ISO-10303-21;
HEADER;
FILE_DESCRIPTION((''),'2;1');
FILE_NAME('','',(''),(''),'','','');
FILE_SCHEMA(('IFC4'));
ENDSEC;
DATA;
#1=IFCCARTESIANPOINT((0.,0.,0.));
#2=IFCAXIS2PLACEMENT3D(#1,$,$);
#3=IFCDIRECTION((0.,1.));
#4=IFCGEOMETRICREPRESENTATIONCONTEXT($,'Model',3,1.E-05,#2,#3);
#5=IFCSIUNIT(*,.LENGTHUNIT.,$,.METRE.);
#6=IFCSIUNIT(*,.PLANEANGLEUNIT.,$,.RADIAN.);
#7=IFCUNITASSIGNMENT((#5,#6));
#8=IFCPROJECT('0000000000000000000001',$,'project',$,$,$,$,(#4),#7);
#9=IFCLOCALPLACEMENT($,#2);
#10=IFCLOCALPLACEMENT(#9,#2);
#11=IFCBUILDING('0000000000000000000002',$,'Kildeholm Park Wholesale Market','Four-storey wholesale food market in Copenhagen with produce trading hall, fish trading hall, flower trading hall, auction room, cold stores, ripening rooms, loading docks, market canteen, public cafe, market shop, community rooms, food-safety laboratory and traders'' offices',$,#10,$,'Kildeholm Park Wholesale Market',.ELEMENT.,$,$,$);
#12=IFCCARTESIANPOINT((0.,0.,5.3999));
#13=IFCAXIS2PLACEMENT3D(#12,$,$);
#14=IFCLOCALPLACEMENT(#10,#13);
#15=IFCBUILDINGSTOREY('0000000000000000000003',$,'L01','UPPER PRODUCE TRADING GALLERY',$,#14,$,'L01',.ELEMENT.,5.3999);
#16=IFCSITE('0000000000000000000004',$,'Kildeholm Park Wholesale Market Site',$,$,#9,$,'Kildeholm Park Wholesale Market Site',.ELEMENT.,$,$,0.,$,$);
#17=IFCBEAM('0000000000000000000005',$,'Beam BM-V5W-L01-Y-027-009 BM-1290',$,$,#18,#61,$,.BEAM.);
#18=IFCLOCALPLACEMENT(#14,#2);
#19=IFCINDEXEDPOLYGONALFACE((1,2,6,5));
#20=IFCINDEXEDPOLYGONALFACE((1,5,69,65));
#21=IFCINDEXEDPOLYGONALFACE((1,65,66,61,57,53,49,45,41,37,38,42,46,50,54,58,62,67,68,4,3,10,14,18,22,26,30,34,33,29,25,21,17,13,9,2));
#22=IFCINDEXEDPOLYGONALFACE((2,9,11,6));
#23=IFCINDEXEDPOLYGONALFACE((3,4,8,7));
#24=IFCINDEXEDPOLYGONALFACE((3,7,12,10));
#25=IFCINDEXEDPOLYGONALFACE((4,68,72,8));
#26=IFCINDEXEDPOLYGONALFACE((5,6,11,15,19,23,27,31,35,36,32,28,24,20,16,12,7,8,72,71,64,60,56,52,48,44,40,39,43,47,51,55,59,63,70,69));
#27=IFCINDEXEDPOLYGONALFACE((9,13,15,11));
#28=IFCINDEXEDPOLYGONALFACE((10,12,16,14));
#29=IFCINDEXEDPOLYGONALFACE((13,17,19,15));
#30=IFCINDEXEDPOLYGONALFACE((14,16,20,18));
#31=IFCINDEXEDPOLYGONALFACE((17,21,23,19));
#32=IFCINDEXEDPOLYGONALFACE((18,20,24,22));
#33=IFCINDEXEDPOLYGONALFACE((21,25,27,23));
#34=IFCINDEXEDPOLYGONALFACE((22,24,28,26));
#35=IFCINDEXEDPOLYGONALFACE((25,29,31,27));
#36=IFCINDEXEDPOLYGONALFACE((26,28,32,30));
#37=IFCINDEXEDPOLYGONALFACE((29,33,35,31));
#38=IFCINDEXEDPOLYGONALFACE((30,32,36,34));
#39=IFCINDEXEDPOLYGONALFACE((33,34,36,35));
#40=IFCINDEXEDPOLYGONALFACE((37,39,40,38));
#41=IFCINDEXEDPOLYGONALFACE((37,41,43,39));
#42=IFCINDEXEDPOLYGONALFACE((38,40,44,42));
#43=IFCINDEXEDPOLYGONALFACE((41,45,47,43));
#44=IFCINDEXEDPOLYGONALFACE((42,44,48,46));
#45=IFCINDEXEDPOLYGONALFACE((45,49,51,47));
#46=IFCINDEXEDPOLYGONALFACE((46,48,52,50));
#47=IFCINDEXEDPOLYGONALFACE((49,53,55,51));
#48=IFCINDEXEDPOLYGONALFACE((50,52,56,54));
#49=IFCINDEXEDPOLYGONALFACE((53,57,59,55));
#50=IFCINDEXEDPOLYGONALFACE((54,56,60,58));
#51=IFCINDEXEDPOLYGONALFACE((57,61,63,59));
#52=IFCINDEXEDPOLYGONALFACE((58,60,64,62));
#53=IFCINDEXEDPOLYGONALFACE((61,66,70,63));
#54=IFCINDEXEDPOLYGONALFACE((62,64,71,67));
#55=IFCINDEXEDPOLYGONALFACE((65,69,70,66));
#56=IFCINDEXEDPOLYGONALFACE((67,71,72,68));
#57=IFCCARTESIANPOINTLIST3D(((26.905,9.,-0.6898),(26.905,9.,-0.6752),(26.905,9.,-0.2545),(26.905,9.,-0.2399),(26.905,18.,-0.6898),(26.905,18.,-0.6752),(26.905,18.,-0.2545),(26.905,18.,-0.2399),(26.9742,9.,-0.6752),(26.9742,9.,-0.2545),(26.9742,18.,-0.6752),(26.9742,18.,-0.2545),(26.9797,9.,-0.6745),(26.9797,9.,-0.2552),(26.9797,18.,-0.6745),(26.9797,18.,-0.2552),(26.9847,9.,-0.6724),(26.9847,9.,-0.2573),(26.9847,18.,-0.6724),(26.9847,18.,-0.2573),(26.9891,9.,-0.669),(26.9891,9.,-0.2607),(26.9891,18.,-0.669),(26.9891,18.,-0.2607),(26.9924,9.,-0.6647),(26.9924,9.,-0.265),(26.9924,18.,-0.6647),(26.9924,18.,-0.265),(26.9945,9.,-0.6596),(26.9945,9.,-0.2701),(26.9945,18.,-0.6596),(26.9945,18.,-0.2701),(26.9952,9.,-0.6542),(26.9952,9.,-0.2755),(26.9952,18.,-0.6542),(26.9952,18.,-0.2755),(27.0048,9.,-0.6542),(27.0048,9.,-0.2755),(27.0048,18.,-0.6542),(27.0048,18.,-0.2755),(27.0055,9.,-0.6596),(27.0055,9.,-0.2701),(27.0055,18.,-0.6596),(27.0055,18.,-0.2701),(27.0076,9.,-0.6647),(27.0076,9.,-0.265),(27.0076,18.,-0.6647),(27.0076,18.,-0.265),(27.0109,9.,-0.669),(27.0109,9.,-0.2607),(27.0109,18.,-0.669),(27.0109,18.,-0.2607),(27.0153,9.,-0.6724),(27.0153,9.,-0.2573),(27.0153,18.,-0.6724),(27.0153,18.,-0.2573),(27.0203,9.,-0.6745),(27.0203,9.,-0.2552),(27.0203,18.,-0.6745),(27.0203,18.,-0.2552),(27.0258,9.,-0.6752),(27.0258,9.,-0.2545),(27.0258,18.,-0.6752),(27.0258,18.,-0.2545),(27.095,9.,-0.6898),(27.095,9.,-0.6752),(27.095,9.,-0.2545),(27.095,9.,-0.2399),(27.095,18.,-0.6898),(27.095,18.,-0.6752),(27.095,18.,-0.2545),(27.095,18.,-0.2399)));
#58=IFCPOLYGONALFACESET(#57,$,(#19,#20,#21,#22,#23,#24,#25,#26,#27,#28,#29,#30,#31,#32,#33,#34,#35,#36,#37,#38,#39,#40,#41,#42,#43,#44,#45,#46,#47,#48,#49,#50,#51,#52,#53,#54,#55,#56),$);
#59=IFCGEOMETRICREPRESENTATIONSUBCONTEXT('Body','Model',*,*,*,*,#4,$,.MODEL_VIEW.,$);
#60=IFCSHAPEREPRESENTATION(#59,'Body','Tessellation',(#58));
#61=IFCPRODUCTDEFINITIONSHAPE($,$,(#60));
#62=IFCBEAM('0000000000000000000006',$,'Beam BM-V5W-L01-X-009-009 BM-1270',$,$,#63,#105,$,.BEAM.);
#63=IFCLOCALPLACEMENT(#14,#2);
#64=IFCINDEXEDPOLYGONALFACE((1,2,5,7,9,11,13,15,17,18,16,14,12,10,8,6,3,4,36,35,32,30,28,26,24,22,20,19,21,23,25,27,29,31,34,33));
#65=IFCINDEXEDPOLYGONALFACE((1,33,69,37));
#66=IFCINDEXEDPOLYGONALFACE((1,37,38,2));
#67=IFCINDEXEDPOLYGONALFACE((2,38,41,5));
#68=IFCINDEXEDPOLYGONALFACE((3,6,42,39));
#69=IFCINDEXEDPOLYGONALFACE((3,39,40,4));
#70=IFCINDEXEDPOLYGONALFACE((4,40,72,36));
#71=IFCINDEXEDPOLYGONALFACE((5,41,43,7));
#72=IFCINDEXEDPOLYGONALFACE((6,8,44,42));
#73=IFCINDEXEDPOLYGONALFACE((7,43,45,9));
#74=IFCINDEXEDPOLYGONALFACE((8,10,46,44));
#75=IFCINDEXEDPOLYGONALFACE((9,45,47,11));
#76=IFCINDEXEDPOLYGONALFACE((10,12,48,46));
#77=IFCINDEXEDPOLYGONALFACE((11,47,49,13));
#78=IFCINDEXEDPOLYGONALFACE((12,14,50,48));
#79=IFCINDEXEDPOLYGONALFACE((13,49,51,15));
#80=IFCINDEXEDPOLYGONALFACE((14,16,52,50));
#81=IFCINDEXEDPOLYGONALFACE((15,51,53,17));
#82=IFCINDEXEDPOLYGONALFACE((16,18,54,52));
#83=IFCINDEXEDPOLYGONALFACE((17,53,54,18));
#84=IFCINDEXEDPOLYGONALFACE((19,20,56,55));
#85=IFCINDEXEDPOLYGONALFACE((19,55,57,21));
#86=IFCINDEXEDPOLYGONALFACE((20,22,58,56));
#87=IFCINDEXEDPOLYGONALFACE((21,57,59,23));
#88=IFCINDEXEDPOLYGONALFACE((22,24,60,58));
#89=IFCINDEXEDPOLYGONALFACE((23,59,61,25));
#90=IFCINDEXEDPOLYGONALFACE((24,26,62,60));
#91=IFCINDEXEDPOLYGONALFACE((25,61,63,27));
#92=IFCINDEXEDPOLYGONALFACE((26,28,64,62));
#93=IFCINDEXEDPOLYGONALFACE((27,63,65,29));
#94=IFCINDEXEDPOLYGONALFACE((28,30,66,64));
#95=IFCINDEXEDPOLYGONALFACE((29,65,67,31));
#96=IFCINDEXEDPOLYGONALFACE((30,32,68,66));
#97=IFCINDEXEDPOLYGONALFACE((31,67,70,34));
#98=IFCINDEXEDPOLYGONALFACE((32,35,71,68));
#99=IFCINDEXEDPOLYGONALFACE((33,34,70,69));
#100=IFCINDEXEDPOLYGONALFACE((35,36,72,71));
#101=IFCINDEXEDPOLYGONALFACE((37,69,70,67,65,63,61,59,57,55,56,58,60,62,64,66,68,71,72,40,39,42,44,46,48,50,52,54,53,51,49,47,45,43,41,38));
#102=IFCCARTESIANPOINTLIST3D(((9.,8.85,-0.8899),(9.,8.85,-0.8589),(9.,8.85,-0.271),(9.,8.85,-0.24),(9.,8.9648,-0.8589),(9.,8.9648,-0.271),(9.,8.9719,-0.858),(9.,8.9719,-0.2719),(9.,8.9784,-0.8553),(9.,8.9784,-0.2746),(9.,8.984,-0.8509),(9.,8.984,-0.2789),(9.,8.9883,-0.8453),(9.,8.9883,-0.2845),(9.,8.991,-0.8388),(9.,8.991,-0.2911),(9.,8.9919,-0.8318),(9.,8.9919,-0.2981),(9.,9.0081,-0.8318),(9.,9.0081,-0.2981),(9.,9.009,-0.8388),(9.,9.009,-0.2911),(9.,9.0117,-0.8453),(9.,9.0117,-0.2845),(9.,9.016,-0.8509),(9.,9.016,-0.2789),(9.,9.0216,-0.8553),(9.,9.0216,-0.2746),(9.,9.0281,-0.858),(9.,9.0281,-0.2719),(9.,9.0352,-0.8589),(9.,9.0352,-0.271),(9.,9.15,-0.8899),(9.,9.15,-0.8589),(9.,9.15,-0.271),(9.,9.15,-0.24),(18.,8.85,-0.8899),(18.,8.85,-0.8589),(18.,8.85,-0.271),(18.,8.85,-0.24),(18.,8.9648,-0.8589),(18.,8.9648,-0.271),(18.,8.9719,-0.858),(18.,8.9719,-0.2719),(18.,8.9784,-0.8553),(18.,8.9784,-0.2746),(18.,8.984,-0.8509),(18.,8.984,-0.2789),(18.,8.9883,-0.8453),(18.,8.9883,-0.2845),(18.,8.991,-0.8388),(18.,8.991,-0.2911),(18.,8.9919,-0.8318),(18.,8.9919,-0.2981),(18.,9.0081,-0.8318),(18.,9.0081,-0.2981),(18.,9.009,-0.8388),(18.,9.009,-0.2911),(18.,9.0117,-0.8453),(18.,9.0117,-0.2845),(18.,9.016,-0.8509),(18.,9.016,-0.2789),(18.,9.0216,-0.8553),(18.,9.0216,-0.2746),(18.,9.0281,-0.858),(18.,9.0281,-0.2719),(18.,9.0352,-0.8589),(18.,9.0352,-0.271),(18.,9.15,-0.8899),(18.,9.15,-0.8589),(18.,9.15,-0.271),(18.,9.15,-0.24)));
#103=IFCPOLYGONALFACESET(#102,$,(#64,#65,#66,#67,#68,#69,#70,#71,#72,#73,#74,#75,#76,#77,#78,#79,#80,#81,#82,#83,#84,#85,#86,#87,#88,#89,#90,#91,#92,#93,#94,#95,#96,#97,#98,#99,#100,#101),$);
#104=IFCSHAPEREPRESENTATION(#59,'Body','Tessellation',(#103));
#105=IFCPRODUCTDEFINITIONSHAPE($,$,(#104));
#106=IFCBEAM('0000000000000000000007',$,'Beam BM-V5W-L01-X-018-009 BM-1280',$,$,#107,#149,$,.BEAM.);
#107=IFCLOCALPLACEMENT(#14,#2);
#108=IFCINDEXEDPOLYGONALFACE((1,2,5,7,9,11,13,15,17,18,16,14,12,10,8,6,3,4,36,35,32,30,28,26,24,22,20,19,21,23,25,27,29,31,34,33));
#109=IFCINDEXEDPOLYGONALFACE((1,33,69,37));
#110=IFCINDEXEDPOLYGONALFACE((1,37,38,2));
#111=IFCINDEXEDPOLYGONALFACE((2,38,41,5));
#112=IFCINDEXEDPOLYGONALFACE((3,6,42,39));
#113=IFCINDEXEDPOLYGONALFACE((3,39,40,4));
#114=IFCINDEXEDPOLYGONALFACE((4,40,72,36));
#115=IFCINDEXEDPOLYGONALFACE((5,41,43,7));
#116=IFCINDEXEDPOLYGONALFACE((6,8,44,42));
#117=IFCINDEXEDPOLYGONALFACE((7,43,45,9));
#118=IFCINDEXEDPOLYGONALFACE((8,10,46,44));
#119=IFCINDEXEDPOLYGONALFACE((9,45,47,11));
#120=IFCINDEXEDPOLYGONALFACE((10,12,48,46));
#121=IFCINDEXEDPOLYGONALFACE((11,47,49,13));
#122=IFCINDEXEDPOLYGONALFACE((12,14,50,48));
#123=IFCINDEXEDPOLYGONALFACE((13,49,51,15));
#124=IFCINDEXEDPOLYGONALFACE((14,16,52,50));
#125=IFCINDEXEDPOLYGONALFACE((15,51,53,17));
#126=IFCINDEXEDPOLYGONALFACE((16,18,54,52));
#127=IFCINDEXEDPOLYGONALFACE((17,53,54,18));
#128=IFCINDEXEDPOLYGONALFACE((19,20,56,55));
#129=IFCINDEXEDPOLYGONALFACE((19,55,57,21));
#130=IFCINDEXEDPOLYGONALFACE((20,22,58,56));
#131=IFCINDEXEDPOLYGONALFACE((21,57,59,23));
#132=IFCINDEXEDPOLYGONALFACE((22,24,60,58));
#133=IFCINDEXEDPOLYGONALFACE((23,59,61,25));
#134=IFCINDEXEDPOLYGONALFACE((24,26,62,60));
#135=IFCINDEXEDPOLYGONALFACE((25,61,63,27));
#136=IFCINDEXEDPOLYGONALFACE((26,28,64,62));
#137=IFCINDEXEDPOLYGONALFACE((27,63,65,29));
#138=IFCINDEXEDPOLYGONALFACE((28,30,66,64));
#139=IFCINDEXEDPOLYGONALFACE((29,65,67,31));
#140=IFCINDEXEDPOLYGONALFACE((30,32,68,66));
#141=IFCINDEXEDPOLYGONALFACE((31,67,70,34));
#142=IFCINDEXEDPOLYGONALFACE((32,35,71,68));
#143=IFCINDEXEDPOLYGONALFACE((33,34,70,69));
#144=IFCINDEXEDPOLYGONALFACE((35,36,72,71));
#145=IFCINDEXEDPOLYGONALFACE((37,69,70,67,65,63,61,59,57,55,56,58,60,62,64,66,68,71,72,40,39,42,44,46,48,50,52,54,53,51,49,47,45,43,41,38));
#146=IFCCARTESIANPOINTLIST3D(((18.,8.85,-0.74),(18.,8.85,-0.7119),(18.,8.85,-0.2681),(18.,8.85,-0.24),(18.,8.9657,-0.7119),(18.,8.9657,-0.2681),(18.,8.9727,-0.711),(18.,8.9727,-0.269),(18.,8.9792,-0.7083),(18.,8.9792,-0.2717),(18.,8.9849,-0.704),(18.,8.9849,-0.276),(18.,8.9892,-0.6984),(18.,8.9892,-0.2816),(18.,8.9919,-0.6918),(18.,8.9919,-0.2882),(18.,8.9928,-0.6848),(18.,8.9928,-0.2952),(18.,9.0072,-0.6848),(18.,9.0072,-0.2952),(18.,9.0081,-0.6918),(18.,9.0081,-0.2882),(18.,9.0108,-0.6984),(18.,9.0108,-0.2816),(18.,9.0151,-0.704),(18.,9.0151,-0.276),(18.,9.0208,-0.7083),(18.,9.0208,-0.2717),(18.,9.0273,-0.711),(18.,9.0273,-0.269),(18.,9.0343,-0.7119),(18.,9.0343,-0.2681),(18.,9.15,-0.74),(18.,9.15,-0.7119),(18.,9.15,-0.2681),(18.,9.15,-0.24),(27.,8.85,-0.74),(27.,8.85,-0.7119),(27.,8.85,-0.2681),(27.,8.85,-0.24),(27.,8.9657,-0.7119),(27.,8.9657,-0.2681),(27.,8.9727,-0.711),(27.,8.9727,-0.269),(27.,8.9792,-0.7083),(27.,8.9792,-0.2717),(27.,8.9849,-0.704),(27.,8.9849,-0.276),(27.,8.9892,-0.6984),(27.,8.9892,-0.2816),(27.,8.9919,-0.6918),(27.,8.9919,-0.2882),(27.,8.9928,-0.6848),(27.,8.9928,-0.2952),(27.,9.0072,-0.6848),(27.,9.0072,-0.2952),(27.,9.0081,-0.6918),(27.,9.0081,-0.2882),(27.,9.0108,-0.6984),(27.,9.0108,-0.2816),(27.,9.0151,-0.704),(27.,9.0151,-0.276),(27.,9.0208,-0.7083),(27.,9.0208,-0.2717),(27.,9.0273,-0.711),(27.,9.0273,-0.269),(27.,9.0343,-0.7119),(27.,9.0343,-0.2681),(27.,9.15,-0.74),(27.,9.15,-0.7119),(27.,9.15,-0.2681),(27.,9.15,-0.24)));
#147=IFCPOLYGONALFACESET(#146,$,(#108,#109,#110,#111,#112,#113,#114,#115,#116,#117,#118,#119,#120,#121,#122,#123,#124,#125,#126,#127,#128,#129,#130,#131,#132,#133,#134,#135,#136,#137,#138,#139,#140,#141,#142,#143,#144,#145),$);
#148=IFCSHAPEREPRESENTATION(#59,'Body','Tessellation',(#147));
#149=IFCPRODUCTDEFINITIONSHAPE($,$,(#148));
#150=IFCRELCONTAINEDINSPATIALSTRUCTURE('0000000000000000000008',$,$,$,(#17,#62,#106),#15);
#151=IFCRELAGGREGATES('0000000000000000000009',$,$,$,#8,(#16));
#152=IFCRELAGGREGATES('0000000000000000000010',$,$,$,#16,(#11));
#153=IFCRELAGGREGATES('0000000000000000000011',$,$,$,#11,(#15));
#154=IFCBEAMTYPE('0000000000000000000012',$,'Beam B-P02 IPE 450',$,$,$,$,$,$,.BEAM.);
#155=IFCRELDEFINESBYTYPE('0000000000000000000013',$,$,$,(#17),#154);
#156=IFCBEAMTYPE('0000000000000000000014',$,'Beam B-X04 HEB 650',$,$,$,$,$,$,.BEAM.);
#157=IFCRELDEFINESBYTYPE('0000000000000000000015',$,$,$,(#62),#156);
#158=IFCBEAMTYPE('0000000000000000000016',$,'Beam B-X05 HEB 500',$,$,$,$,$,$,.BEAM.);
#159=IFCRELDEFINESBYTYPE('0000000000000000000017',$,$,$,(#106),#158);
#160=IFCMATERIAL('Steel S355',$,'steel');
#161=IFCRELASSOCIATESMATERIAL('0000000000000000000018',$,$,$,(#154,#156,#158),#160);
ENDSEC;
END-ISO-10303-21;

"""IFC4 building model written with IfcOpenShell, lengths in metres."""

from ifc_helpers import new_model, si_unit, direction, frame, origin, origin_2d, place, context, subcontext, project, spatial, i_section, extrude, material, material_profile, profile_set, type_object, element, save


model = new_model("IFC4")

# Units and contexts
model_context = context("Model", 3, precision=1e-05, world=origin(), true_north=direction((0.0, 1.0)))
body_context = subcontext(model_context, "Body", "Model", "MODEL_VIEW")
ifc_project = project(units=[si_unit("LENGTHUNIT", "METRE"), si_unit("PLANEANGLEUNIT", "RADIAN")], contexts=[model_context])

# Site, building, storey
site_placement = place(None, origin())
site = spatial("IfcSite", under=ifc_project, at=site_placement, Name="Kildeholm Park Wholesale Market Site", LongName="Kildeholm Park Wholesale Market Site", CompositionType="ELEMENT", RefElevation=0.0)
building_placement = place(site_placement, origin())
building = spatial("IfcBuilding", under=site, at=building_placement, Name="Kildeholm Park Wholesale Market", Description="Four-storey wholesale food market in Copenhagen with produce trading hall, fish trading hall, flower trading hall, auction room, cold stores, ripening rooms, loading docks, market canteen, public cafe, market shop, community rooms, food-safety laboratory and traders' offices", LongName="Kildeholm Park Wholesale Market", CompositionType="ELEMENT")
storey_placement = place(building_placement, frame((0.0, 0.0, 5.3999)))
storey = spatial("IfcBuildingStorey", under=building, at=storey_placement, Name="L01", Description="UPPER PRODUCE TRADING GALLERY", LongName="L01", CompositionType="ELEMENT", Elevation=5.3999)

# Shared definitions
ifc_material_1 = material(Name="Steel S355", Category="steel")

# Beams
ifc_material_profile_1 = material_profile(ifc_material_1, i_section(OverallWidth=0.1899, OverallDepth=0.45, WebThickness=0.0095, FlangeThickness=0.0146, FilletRadius=0.021, at=origin_2d()), Name="IPE 450")
ifc_profile_set_1 = profile_set([ifc_material_profile_1], Name="Steel S355")
beam_type_1 = type_object("IfcBeamType", Name="Beam B-P02 IPE 450", PredefinedType="BEAM", material=ifc_profile_set_1)
for number, where, z_axis, x_axis, name in (
    (1, (27.0, 9.0, -0.4648), (0.0, 1.0, 0.0), (-1.0, 0.0, 0.0), "Beam BM-V5W-L01-Y-027-009 BM-1290"),
):
    element("IfcBeam", number, at=place(storey_placement, frame(where, z_axis=z_axis, x_axis=x_axis)), inside=storey, type_object=beam_type_1, Name=name, PredefinedType="BEAM", context=body_context, shape_type="SweptSolid", body=[
        extrude(i_section(OverallWidth=0.1899, OverallDepth=0.45, WebThickness=0.0095, FlangeThickness=0.0146, FilletRadius=0.021, at=origin_2d()), origin(), (0.0, 0.0, 1.0), 9.0),
    ])
ifc_material_profile_2 = material_profile(ifc_material_1, i_section(OverallWidth=0.3, OverallDepth=0.6499, WebThickness=0.0161, FlangeThickness=0.031, FilletRadius=0.0271, at=origin_2d()), Name="HEB 650")
ifc_profile_set_2 = profile_set([ifc_material_profile_2], Name="Steel S355")
beam_type_2 = type_object("IfcBeamType", Name="Beam B-X04 HEB 650", PredefinedType="BEAM", material=ifc_profile_set_2)
beam_1_placement = place(storey_placement, frame((9.0, 9.0, -0.5649), z_axis=(1.0, 0.0, 0.0), x_axis=(0.0, 1.0, 0.0)))
element("IfcBeam", 2, at=beam_1_placement, inside=storey, type_object=beam_type_2, Name="Beam BM-V5W-L01-X-009-009 BM-1270", PredefinedType="BEAM", context=body_context, shape_type="SweptSolid", body=[
    extrude(i_section(OverallWidth=0.3, OverallDepth=0.6499, WebThickness=0.0161, FlangeThickness=0.031, FilletRadius=0.0271, at=origin_2d()), origin(), (0.0, 0.0, 1.0), 9.0),
])
ifc_material_profile_3 = material_profile(ifc_material_1, i_section(OverallWidth=0.3, OverallDepth=0.5, WebThickness=0.0144, FlangeThickness=0.0281, FilletRadius=0.0271, at=origin_2d()), Name="HEB 500")
ifc_profile_set_3 = profile_set([ifc_material_profile_3], Name="Steel S355")
beam_type_3 = type_object("IfcBeamType", Name="Beam B-X05 HEB 500", PredefinedType="BEAM", material=ifc_profile_set_3)
beam_2_placement = place(storey_placement, frame((18.0, 9.0, -0.49), z_axis=(1.0, 0.0, 0.0), x_axis=(0.0, 1.0, 0.0)))
element("IfcBeam", 3, at=beam_2_placement, inside=storey, type_object=beam_type_3, Name="Beam BM-V5W-L01-X-018-009 BM-1280", PredefinedType="BEAM", context=body_context, shape_type="SweptSolid", body=[
    extrude(i_section(OverallWidth=0.3, OverallDepth=0.5, WebThickness=0.0144, FlangeThickness=0.0281, FilletRadius=0.0271, at=origin_2d()), origin(), (0.0, 0.0, 1.0), 9.0),
])

save(model, "model.ifc")
